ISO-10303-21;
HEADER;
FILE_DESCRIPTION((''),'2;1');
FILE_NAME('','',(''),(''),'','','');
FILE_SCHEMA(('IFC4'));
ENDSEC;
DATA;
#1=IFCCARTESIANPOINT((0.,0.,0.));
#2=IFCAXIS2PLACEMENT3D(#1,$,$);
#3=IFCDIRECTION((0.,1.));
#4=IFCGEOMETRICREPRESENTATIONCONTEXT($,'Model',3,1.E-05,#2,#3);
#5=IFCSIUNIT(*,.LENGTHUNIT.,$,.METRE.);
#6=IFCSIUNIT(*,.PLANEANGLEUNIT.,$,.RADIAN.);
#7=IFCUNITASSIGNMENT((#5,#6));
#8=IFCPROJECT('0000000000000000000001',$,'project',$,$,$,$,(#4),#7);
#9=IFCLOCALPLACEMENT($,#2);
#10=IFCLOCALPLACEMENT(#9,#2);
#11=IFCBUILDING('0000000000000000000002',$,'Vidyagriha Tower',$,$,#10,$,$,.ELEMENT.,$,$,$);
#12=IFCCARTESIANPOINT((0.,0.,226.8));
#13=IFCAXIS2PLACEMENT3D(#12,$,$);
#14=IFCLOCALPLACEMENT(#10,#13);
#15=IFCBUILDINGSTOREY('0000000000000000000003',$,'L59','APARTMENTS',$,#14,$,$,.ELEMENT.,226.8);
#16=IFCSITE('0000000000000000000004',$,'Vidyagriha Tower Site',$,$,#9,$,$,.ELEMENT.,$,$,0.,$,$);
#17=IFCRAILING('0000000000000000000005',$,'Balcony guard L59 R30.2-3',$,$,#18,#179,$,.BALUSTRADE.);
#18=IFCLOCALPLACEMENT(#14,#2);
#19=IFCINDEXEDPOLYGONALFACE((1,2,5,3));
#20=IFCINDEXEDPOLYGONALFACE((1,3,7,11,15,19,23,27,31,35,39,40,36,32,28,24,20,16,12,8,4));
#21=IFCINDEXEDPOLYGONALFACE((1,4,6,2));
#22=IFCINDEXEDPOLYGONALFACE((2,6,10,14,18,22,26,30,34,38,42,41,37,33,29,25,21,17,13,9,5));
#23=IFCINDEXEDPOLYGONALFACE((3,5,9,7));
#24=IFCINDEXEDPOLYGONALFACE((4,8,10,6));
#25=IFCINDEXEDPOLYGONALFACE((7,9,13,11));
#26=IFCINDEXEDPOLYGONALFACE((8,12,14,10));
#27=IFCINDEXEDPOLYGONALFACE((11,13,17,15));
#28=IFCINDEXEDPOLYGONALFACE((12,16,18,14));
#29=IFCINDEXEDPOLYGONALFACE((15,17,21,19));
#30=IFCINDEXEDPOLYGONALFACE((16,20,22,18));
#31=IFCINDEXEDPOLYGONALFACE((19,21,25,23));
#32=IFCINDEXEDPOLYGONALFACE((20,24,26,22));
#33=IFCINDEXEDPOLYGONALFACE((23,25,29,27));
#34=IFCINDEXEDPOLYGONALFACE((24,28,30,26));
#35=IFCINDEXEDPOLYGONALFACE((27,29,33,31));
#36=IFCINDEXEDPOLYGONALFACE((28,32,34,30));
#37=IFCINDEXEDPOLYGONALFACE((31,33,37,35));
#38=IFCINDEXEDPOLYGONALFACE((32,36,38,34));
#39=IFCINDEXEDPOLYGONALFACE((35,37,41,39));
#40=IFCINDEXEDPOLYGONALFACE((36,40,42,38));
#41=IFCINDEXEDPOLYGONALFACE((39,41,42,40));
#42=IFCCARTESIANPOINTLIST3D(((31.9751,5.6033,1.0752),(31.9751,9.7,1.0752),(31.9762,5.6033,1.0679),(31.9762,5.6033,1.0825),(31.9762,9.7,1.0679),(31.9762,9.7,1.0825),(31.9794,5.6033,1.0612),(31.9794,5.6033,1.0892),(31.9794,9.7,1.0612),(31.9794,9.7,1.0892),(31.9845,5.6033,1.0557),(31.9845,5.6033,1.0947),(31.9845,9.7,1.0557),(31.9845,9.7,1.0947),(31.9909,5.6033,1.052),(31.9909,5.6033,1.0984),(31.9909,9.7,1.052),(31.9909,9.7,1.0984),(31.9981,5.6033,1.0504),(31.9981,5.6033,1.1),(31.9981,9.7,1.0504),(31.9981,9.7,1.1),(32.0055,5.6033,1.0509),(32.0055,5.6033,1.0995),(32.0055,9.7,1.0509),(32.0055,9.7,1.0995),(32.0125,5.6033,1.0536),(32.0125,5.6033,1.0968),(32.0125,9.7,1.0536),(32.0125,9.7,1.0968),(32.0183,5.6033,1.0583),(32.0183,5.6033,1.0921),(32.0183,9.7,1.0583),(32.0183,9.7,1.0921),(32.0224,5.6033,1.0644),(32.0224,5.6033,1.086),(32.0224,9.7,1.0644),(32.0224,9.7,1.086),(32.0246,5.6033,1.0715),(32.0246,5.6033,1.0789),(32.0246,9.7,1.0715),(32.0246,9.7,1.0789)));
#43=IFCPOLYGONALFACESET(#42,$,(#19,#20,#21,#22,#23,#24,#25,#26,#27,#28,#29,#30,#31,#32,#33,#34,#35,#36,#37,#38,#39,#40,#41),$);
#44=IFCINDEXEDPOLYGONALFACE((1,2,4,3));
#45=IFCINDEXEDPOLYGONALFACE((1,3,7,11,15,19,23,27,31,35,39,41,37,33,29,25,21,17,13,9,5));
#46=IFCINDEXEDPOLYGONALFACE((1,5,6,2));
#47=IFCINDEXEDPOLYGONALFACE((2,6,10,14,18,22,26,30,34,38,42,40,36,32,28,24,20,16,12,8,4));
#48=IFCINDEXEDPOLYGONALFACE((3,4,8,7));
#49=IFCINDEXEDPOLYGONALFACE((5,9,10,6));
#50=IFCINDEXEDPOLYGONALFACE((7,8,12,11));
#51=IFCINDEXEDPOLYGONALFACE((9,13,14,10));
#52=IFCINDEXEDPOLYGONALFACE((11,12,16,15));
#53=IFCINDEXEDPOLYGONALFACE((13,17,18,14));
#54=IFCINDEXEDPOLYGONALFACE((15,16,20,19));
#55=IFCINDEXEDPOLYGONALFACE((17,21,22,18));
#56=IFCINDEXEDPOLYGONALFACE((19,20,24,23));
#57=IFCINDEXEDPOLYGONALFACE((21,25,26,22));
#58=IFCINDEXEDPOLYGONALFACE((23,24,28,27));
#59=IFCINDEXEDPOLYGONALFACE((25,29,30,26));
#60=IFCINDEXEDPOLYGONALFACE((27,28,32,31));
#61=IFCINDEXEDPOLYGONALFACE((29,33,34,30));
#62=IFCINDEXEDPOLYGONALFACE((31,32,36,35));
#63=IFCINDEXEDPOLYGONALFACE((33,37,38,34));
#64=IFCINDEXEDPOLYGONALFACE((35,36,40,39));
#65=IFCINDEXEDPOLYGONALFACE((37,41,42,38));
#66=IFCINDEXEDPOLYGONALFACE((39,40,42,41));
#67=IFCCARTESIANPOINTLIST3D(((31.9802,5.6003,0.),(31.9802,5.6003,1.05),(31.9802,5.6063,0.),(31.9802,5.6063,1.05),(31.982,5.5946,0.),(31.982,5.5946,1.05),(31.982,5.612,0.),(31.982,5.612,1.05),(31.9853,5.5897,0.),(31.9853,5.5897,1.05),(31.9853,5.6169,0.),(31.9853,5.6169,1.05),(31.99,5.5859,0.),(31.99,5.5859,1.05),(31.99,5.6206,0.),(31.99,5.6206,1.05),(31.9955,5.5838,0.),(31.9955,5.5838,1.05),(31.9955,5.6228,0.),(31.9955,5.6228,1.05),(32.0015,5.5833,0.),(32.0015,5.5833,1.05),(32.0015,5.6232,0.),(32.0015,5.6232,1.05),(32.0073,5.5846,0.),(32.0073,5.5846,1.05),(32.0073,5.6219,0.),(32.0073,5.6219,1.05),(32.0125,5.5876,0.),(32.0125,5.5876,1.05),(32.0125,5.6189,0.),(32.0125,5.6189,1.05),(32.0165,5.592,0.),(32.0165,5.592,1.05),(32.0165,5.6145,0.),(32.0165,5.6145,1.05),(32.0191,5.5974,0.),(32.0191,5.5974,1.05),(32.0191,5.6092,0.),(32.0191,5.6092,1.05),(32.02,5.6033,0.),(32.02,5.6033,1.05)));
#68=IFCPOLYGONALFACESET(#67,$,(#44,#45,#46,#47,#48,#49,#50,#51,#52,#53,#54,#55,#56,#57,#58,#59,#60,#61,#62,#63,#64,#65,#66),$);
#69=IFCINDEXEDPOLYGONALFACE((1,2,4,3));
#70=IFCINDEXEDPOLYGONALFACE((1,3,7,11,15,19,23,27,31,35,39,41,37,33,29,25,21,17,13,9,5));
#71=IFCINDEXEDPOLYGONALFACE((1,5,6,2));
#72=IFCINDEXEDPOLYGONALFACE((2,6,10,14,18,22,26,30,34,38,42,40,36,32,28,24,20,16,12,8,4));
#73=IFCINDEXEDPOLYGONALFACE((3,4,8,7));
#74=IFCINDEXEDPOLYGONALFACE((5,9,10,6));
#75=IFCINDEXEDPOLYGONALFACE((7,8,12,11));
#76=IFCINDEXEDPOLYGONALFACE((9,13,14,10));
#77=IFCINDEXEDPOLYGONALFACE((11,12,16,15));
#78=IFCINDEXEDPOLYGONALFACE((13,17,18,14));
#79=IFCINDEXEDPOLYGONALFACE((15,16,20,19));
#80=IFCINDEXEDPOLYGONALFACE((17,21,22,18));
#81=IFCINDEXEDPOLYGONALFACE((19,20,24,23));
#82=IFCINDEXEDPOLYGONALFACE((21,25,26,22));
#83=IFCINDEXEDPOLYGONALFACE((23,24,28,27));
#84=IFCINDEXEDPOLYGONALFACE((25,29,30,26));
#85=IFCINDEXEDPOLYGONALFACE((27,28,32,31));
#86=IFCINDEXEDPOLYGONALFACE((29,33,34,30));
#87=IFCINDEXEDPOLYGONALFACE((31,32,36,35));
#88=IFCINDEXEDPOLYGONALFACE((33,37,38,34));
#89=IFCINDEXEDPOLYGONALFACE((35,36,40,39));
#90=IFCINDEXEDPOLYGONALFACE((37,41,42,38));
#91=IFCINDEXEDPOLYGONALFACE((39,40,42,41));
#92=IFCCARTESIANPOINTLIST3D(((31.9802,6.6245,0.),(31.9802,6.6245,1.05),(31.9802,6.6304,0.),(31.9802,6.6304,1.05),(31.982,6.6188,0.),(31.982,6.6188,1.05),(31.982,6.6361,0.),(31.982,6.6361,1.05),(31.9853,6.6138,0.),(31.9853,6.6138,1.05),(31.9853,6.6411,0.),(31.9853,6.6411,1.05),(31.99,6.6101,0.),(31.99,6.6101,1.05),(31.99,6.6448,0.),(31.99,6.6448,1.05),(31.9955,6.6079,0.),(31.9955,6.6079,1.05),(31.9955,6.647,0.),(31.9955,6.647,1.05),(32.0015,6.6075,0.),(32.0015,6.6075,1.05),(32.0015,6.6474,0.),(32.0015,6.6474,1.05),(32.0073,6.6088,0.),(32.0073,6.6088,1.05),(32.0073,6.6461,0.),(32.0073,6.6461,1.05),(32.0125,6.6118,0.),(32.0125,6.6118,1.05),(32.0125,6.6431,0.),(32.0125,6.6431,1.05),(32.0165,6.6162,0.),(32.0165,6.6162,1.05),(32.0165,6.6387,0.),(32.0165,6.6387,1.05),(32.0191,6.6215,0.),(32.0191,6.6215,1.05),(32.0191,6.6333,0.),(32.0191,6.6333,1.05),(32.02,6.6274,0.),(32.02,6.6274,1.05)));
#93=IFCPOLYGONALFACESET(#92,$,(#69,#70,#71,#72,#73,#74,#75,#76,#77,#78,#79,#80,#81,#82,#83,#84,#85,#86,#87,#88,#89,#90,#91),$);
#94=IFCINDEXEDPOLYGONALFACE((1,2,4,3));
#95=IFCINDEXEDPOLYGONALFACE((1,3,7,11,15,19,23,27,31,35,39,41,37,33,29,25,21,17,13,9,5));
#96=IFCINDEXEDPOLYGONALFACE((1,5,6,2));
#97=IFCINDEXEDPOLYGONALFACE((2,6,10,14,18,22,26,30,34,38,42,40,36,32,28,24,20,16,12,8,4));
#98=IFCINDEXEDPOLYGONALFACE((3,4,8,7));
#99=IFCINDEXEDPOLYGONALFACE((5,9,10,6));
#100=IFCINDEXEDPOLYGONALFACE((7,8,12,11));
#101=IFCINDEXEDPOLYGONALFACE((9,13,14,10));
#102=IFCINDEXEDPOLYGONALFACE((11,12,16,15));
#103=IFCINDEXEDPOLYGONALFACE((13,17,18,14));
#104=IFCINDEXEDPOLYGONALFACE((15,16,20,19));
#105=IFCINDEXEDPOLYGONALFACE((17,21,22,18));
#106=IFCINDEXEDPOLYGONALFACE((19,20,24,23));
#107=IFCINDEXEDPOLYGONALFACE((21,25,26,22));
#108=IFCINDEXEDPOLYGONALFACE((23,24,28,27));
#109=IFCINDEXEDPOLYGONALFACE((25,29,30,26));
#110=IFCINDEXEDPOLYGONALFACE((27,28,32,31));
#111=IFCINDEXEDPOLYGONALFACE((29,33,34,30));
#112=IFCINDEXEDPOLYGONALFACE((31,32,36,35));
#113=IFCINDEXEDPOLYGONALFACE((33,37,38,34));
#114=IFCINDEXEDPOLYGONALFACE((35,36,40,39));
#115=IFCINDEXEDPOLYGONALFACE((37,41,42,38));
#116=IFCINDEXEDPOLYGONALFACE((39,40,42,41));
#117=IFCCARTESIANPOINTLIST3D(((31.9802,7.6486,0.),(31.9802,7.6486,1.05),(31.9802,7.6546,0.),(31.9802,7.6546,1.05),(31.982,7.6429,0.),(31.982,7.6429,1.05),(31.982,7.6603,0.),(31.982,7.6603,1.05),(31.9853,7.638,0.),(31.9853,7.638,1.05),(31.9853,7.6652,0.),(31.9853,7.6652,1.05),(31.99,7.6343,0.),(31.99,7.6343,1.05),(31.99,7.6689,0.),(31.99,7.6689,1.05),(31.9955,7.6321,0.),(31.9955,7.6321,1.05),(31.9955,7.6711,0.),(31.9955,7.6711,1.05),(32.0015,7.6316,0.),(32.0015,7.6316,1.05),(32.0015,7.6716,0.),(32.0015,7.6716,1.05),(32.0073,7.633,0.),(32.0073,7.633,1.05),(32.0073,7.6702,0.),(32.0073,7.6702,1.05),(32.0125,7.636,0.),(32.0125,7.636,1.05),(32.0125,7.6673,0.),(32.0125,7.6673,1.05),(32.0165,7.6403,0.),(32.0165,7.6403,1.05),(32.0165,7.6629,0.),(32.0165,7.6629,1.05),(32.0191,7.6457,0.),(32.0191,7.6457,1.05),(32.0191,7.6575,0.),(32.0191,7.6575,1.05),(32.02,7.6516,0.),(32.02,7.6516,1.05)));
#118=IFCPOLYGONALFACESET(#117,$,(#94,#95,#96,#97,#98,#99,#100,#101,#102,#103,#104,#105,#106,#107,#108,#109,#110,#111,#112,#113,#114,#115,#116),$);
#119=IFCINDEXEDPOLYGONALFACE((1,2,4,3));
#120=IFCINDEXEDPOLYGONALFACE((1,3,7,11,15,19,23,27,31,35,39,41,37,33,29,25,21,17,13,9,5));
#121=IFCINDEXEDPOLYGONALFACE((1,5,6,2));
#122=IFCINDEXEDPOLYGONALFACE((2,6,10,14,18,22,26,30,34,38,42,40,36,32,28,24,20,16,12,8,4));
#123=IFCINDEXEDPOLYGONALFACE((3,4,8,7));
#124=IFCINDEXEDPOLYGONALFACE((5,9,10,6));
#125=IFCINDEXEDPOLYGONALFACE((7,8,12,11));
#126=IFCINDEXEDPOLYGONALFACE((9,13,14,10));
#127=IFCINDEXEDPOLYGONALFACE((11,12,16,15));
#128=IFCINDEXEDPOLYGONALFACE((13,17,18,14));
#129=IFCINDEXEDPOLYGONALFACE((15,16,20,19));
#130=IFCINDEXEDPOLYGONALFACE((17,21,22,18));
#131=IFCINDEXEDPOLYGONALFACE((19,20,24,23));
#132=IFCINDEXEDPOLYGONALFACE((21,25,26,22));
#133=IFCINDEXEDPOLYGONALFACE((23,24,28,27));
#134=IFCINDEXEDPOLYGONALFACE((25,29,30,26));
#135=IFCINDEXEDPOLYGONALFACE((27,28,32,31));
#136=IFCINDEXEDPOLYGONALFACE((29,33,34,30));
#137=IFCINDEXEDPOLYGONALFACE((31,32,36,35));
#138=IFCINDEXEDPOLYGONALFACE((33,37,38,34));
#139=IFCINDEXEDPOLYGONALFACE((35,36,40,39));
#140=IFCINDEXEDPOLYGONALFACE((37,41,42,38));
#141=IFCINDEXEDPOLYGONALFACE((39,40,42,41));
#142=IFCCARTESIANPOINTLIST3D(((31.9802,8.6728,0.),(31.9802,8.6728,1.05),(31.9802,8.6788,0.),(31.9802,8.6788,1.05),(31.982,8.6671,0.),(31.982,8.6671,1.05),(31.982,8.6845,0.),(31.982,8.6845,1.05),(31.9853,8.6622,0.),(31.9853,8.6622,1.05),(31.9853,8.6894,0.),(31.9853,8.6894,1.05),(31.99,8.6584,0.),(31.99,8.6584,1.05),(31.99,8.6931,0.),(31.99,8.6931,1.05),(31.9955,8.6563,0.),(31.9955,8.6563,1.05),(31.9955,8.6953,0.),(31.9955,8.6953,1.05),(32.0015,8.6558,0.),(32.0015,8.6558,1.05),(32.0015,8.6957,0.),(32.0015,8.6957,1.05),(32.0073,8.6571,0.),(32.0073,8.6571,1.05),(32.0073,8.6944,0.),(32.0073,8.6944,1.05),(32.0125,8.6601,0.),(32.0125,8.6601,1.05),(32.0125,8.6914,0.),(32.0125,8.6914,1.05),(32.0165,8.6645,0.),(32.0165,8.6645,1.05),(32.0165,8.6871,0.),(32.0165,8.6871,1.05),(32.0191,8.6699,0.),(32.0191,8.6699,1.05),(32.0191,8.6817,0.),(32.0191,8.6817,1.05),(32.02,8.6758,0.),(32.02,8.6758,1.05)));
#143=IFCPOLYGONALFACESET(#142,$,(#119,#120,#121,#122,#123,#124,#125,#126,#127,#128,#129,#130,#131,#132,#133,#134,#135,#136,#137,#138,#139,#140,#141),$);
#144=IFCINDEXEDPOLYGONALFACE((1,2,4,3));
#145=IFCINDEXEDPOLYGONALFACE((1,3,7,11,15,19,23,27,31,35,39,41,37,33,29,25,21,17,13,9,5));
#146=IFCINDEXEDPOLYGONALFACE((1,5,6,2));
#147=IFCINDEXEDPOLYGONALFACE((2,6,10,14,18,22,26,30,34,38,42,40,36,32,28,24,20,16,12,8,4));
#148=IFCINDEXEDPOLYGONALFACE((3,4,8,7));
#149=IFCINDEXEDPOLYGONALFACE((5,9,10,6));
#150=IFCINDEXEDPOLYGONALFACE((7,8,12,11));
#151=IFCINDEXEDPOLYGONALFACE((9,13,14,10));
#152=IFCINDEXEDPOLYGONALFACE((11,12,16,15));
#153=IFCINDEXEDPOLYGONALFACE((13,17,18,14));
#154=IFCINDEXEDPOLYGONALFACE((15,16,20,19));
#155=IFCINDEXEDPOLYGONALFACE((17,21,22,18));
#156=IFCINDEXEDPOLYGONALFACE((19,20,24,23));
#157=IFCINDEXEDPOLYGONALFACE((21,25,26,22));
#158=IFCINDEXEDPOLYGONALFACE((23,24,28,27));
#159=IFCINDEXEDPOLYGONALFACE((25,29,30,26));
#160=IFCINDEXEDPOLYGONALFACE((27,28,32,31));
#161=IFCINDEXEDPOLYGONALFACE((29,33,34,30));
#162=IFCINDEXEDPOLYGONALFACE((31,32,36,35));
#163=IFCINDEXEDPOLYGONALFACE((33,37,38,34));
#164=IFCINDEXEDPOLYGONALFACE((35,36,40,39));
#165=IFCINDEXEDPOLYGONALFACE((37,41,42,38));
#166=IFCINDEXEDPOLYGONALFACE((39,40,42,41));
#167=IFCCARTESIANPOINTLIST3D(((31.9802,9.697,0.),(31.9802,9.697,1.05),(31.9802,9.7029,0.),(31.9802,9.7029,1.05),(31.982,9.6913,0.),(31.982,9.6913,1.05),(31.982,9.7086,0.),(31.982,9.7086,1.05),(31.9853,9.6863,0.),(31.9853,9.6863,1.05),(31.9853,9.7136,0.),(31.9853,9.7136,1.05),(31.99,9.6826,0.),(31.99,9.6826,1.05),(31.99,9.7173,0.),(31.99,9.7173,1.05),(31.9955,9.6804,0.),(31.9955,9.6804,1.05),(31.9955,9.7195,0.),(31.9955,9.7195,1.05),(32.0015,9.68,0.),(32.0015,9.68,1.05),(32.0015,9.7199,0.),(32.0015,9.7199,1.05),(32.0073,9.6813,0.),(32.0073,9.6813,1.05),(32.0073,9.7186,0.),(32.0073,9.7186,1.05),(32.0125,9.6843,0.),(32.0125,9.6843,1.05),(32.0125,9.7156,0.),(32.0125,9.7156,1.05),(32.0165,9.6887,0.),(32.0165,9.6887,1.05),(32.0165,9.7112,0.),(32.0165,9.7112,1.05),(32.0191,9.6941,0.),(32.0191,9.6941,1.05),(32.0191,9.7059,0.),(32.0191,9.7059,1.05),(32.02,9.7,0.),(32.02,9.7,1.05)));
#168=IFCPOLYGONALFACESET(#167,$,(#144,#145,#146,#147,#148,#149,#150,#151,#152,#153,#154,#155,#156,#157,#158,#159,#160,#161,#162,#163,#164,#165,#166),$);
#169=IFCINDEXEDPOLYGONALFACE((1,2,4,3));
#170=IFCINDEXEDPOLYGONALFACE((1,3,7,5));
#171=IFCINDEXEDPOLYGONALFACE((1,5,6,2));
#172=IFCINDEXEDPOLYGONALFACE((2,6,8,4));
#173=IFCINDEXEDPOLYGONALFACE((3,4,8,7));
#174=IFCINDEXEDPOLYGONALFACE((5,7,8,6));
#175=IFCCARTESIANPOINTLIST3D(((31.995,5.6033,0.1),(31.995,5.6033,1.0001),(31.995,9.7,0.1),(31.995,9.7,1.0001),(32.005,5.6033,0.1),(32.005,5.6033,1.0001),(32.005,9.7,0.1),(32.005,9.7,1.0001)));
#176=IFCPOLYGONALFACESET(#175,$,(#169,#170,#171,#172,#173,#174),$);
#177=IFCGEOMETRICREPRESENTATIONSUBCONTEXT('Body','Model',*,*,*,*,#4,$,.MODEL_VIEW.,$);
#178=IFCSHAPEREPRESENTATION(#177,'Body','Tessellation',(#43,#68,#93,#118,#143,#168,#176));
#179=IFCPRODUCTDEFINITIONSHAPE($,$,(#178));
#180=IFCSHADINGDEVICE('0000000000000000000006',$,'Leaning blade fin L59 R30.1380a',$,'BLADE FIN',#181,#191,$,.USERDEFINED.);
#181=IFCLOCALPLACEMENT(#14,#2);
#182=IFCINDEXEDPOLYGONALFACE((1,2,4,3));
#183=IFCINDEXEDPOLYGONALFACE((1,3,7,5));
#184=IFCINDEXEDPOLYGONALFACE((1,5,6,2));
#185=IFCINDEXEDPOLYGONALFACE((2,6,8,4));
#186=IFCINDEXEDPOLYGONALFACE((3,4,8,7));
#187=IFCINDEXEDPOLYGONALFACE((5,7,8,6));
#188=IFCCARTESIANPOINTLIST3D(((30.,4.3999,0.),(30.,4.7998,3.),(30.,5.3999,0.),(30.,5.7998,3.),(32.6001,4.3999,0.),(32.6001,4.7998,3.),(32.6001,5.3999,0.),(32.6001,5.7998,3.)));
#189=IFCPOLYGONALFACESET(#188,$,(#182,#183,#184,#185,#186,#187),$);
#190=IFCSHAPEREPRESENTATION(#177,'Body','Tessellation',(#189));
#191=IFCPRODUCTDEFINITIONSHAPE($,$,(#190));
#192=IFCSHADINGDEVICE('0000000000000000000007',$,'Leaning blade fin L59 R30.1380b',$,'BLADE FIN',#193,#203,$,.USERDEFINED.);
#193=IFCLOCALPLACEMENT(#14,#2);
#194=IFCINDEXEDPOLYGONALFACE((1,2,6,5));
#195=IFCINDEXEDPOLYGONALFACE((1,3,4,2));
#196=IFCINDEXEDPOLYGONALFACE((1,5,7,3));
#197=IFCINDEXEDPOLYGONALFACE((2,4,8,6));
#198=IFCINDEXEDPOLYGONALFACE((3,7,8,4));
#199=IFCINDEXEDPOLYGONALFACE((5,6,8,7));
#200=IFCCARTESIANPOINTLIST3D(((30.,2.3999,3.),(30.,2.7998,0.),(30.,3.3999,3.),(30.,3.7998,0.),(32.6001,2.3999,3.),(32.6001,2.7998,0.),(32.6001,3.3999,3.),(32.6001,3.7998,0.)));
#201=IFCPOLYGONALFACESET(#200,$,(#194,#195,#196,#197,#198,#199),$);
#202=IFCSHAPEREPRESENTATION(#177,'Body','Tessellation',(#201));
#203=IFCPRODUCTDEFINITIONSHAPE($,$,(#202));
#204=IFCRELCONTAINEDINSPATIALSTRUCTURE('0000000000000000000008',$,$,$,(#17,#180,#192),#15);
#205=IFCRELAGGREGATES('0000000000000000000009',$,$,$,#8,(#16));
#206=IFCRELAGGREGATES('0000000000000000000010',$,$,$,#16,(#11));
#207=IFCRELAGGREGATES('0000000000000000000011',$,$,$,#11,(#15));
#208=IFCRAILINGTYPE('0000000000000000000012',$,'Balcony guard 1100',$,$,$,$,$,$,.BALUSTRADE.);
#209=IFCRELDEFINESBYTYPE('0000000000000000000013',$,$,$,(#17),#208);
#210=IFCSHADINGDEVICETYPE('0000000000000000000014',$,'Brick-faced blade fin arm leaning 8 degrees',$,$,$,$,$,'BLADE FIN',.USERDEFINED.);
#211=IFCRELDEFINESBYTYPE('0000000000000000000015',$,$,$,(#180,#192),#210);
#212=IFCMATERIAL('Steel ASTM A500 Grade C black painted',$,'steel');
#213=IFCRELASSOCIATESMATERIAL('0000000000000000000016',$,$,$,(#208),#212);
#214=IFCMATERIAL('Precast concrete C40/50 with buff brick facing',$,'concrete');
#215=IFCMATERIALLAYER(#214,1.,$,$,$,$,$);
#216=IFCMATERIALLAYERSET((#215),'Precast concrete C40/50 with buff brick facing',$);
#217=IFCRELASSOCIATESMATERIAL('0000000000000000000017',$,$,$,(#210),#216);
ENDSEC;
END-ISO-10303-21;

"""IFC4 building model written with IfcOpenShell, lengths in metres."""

from ifc_helpers import new_model, si_unit, direction, frame, origin, origin_2d, place, context, subcontext, project, spatial, polyline, rectangle, circle, outline, extrude, material, layer, layer_set, type_object, element, save


model = new_model("IFC4")

# Units and contexts
model_context = context("Model", 3, precision=1e-05, world=origin(), true_north=direction((0.0, 1.0)))
body_context = subcontext(model_context, "Body", "Model", "MODEL_VIEW")
ifc_project = project(units=[si_unit("LENGTHUNIT", "METRE"), si_unit("PLANEANGLEUNIT", "RADIAN")], contexts=[model_context])

# Site, building, storey
site_placement = place(None, origin())
site = spatial("IfcSite", under=ifc_project, at=site_placement, Name="Vidyagriha Tower Site", CompositionType="ELEMENT", RefElevation=0.0)
building_placement = place(site_placement, origin())
building = spatial("IfcBuilding", under=site, at=building_placement, Name="Vidyagriha Tower", CompositionType="ELEMENT")
storey_placement = place(building_placement, frame((0.0, 0.0, 226.8)))
storey = spatial("IfcBuildingStorey", under=building, at=storey_placement, Name="L59", Description="APARTMENTS", CompositionType="ELEMENT", Elevation=226.8)

# Railing
ifc_material_1 = material(Name="Steel ASTM A500 Grade C black painted", Category="steel")
railing_type_1 = type_object("IfcRailingType", Name="Balcony guard 1100", PredefinedType="BALUSTRADE", material=ifc_material_1)
railing_1_placement = place(storey_placement, frame((32.0, 5.6033, 0.0)))
element("IfcRailing", 1, at=railing_1_placement, inside=storey, type_object=railing_type_1, Name="Balcony guard L59 R30.2-3", PredefinedType="BALUSTRADE", context=body_context, shape_type="SweptSolid", body=[
    extrude(circle(Radius=0.0249, at=origin_2d()), frame((0.0, 0.0, 1.0752), z_axis=(0.0, 1.0, 0.0), x_axis=(-1.0, 0.0, 0.0)), (0.0, 0.0, 1.0), 4.0967),
    extrude(circle(Radius=0.02, at=origin_2d()), origin(), (0.0, 0.0, 1.0), 1.05),
    extrude(circle(Radius=0.02, at=origin_2d()), frame((0.0, 1.0242, 0.0)), (0.0, 0.0, 1.0), 1.05),
    extrude(circle(Radius=0.02, at=origin_2d()), frame((0.0, 2.0483, 0.0)), (0.0, 0.0, 1.0), 1.05),
    extrude(circle(Radius=0.02, at=origin_2d()), frame((0.0, 3.0725, 0.0)), (0.0, 0.0, 1.0), 1.05),
    extrude(circle(Radius=0.02, at=origin_2d()), frame((0.0, 4.0967, 0.0)), (0.0, 0.0, 1.0), 1.05),
    extrude(rectangle(XDim=0.01, YDim=0.9001, at=origin_2d()), frame((0.0, 0.0, 0.55), z_axis=(0.0, 1.0, 0.0), x_axis=(-1.0, 0.0, 0.0)), (0.0, 0.0, 1.0), 4.0967),
])

# Shading devices
ifc_material_2 = material(Name="Precast concrete C40/50 with buff brick facing", Category="concrete")
ifc_layer_1 = layer(ifc_material_2, 1.0)
ifc_layer_set_1 = layer_set([ifc_layer_1], Name="Precast concrete C40/50 with buff brick facing")
shading_device_type_1 = type_object("IfcShadingDeviceType", Name="Brick-faced blade fin arm leaning 8 degrees", ElementType="BLADE FIN", PredefinedType="USERDEFINED", material=ifc_layer_set_1)
shading_device_1_placement = place(storey_placement, frame((31.3, 4.3999, 0.0), z_axis=(0.0, 0.0, 1.0), x_axis=(0.0, 1.0, 0.0)))
element("IfcShadingDevice", 2, at=shading_device_1_placement, inside=storey, type_object=shading_device_type_1, Name="Leaning blade fin L59 R30.1380a", ObjectType="BLADE FIN", PredefinedType="USERDEFINED", context=body_context, shape_type="SweptSolid", body=[
    extrude(outline(polyline([(0.0, 0.0), (1.0, 0.0), (1.3999, 3.0), (0.3999, 3.0), (0.0, 0.0)])), frame((0.0, 1.3, 0.0), z_axis=(0.0, -1.0, 0.0), x_axis=(1.0, 0.0, 0.0)), (0.0, 0.0, 1.0), 2.6001),
])
shading_device_2_placement = place(storey_placement, frame((31.3, 2.3999, 0.0), z_axis=(0.0, 0.0, 1.0), x_axis=(0.0, 1.0, 0.0)))
element("IfcShadingDevice", 3, at=shading_device_2_placement, inside=storey, type_object=shading_device_type_1, Name="Leaning blade fin L59 R30.1380b", ObjectType="BLADE FIN", PredefinedType="USERDEFINED", context=body_context, shape_type="SweptSolid", body=[
    extrude(outline(polyline([(0.3999, 0.0), (1.3999, 0.0), (1.0, 3.0), (0.0, 3.0), (0.3999, 0.0)])), frame((0.0, 1.3, 0.0), z_axis=(0.0, -1.0, 0.0), x_axis=(1.0, 0.0, 0.0)), (0.0, 0.0, 1.0), 2.6001),
])

save(model, "model.ifc")
